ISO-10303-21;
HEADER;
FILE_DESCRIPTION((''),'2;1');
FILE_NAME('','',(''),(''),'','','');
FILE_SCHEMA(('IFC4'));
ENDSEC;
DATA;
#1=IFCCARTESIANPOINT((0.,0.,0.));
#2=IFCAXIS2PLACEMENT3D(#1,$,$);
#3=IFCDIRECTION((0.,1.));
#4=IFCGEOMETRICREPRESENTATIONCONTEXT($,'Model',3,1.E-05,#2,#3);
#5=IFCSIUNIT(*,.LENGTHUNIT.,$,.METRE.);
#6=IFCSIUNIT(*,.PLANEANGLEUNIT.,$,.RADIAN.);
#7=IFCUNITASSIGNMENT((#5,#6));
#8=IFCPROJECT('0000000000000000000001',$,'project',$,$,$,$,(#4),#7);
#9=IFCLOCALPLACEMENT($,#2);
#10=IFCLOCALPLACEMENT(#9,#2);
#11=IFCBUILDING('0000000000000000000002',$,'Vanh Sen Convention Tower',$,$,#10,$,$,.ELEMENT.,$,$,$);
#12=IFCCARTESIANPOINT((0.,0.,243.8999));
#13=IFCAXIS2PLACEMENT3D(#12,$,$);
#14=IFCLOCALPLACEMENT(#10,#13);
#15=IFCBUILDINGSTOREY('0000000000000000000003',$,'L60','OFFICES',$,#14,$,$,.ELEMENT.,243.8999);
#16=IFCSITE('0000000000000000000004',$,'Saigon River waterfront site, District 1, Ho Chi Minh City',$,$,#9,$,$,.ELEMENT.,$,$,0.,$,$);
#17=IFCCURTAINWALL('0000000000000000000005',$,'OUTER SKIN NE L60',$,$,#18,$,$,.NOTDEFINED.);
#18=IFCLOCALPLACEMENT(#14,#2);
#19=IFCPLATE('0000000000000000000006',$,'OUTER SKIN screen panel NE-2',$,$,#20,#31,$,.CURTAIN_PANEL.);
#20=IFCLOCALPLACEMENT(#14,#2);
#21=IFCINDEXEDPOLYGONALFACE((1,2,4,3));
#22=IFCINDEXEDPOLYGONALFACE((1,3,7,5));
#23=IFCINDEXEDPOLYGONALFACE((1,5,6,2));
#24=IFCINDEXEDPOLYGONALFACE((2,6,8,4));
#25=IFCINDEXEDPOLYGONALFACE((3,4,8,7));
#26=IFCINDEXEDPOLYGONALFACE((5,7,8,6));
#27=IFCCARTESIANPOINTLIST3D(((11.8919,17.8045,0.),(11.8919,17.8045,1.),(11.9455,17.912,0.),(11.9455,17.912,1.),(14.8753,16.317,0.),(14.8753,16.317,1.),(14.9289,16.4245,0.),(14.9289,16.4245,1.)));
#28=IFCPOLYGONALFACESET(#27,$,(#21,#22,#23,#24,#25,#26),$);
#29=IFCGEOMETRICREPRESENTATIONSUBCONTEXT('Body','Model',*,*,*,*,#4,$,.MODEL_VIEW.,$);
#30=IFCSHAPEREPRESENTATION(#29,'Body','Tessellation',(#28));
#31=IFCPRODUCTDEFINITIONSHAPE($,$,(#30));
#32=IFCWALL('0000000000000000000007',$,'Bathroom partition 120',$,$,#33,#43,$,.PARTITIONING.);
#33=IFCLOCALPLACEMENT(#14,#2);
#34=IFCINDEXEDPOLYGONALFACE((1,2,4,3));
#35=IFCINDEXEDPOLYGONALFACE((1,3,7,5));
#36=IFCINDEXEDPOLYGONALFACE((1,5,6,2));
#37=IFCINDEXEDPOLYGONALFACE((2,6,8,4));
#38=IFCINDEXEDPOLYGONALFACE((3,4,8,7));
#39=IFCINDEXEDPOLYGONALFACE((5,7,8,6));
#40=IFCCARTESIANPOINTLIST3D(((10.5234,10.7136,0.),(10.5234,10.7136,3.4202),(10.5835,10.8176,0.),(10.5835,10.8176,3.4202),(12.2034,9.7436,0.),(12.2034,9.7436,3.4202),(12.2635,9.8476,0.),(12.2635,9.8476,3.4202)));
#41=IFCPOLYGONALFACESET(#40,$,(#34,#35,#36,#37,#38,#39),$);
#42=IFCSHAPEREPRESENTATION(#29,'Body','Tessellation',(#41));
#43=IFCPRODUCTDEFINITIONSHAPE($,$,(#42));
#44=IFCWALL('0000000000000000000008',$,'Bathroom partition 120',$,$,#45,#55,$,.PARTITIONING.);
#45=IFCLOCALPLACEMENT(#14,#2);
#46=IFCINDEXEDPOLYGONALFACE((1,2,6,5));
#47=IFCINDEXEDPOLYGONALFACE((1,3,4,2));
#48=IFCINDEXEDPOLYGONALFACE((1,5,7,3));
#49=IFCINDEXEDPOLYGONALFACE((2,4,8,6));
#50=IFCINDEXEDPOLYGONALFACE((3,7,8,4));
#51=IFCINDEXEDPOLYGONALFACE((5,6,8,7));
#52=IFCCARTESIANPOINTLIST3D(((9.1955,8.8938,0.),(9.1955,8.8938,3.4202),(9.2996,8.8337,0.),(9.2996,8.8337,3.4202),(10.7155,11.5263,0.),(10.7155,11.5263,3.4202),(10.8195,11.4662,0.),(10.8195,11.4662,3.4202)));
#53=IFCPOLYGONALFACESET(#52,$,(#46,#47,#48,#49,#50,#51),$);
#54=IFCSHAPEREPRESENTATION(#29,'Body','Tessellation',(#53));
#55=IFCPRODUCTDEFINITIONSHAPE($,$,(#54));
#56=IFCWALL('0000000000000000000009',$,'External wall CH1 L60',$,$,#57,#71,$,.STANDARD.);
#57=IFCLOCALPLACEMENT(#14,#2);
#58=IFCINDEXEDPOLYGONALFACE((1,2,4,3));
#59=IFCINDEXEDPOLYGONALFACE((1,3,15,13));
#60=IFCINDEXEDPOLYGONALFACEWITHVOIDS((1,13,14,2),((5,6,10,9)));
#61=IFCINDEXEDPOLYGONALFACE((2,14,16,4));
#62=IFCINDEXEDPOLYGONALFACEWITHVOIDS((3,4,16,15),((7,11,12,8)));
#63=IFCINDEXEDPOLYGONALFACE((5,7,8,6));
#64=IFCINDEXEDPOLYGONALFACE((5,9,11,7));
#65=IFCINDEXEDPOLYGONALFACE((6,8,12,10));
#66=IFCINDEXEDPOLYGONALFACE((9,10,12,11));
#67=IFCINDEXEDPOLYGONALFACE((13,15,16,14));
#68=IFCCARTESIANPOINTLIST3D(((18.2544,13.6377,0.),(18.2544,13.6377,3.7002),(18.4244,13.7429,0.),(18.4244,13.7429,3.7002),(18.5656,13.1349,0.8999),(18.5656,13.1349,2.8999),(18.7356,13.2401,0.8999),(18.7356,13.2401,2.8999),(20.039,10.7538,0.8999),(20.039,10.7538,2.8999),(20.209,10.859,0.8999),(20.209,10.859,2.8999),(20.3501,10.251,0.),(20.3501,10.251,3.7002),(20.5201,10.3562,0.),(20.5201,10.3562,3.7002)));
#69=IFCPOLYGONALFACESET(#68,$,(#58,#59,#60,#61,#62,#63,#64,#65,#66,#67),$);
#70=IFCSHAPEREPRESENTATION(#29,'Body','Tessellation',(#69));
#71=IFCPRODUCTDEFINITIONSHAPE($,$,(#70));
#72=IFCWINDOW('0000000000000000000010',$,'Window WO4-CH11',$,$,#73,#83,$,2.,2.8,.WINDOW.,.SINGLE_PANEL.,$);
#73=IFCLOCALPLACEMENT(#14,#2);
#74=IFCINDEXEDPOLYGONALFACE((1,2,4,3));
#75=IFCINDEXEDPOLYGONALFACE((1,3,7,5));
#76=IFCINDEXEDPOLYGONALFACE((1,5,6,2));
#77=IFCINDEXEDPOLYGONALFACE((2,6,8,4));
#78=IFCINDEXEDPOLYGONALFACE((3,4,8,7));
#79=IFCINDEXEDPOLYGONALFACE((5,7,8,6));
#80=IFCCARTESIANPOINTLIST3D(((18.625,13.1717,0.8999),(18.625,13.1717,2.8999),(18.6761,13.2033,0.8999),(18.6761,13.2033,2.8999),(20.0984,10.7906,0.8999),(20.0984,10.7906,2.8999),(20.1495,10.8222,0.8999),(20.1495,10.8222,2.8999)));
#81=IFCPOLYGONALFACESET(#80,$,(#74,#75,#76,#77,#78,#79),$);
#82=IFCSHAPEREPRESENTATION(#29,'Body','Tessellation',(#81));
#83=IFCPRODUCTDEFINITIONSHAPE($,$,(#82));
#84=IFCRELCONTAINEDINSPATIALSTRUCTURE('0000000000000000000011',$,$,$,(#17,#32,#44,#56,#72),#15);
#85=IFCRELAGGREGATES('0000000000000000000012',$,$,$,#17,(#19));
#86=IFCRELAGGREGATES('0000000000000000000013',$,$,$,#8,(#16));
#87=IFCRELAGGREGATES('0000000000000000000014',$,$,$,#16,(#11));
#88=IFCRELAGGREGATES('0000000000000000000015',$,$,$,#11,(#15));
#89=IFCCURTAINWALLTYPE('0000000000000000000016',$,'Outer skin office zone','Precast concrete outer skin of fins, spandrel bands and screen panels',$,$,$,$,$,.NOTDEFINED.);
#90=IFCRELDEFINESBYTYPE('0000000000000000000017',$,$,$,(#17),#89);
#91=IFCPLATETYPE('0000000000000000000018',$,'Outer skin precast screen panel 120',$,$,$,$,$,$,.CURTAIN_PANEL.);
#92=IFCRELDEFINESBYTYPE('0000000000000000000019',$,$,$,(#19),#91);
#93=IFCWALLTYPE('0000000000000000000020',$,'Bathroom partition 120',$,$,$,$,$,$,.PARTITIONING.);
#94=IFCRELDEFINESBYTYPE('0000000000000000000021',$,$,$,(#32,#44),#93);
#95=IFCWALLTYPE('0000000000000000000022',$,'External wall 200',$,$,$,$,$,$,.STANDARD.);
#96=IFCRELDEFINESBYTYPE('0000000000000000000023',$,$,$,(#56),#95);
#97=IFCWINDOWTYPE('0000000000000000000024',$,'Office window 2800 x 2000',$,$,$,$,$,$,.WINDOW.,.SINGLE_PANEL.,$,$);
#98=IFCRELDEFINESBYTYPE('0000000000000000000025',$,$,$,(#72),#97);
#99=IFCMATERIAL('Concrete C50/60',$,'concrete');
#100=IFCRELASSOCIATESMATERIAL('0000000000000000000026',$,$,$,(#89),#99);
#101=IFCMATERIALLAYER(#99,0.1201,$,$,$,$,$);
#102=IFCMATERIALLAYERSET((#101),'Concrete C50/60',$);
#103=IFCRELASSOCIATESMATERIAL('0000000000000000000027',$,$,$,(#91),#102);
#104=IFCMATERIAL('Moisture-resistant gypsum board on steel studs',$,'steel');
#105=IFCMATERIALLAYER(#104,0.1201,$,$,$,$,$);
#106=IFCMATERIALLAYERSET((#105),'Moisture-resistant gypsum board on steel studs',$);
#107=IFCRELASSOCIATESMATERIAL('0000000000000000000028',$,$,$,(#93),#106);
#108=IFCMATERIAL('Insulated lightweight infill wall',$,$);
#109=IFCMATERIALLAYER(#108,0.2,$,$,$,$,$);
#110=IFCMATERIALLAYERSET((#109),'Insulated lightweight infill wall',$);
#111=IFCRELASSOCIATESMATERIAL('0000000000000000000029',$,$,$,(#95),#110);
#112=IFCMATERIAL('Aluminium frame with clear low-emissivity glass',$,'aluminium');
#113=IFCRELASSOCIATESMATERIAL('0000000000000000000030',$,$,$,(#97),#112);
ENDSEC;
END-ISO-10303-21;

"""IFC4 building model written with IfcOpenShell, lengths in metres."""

from ifc_helpers import new_model, si_unit, direction, frame, frame_2d, origin, origin_2d, place, context, subcontext, project, spatial, rectangle, extrude, material, layer, layer_set, type_object, element, fill, aggregate, save


model = new_model("IFC4")

# Units and contexts
model_context = context("Model", 3, precision=1e-05, world=origin(), true_north=direction((0.0, 1.0)))
body_context = subcontext(model_context, "Body", "Model", "MODEL_VIEW")
ifc_project = project(units=[si_unit("LENGTHUNIT", "METRE"), si_unit("PLANEANGLEUNIT", "RADIAN")], contexts=[model_context])

# Site, building, storey
site_placement = place(None, origin())
site = spatial("IfcSite", under=ifc_project, at=site_placement, Name="Saigon River waterfront site, District 1, Ho Chi Minh City", CompositionType="ELEMENT", RefElevation=0.0)
building_placement = place(site_placement, origin())
building = spatial("IfcBuilding", under=site, at=building_placement, Name="Vanh Sen Convention Tower", CompositionType="ELEMENT")
storey_placement = place(building_placement, frame((0.0, 0.0, 243.8999)))
storey = spatial("IfcBuildingStorey", under=building, at=storey_placement, Name="L60", Description="OFFICES", CompositionType="ELEMENT", Elevation=243.8999)

# Curtain wall
ifc_material_1 = material(Name="Concrete C50/60", Category="concrete")
curtain_wall_type = type_object("IfcCurtainWallType", Name="Outer skin office zone", Description="Precast concrete outer skin of fins, spandrel bands and screen panels", PredefinedType="NOTDEFINED", material=ifc_material_1)
curtain_wall_1_placement = place(storey_placement, origin())
curtain_wall_1 = element("IfcCurtainWall", 1, at=curtain_wall_1_placement, inside=storey, type_object=curtain_wall_type, Name="OUTER SKIN NE L60", PredefinedType="NOTDEFINED")

# Shared definitions
ifc_layer_1 = layer(ifc_material_1, 0.1201)
ifc_layer_set_1 = layer_set([ifc_layer_1], Name="Concrete C50/60")
plate_type = type_object("IfcPlateType", Name="Outer skin precast screen panel 120", PredefinedType="CURTAIN_PANEL", material=ifc_layer_set_1)

# Plate
plate_1_placement = place(storey_placement, frame((13.4104, 17.1145, 0.0), z_axis=(0.0, 0.0, 1.0), x_axis=(-0.894936, 0.446195, 0.0)))
plate_1 = element("IfcPlate", 2, at=plate_1_placement, type_object=plate_type, Name="OUTER SKIN screen panel NE-2", PredefinedType="CURTAIN_PANEL", context=body_context, shape_type="SweptSolid", body=[
    extrude(rectangle(XDim=3.3337, YDim=0.1201, at=origin_2d()), origin(), (0.0, 0.0, 1.0), 1.0),
])
aggregate(curtain_wall_1, [plate_1])

# Walls
ifc_material_2 = material(Name="Moisture-resistant gypsum board on steel studs", Category="steel")
ifc_layer_2 = layer(ifc_material_2, 0.1201)
ifc_layer_set_2 = layer_set([ifc_layer_2], Name="Moisture-resistant gypsum board on steel studs")
wall_type_1 = type_object("IfcWallType", Name="Bathroom partition 120", PredefinedType="PARTITIONING", material=ifc_layer_set_2)
wall_1_placement = place(storey_placement, frame((10.5535, 10.7656, 0.0), z_axis=(0.0, 0.0, 1.0), x_axis=(0.866012, -0.500024, 0.0)))
element("IfcWall", 3, at=wall_1_placement, inside=storey, type_object=wall_type_1, Name="Bathroom partition 120", PredefinedType="PARTITIONING", context=body_context, shape_type="SweptSolid", body=[
    extrude(rectangle(XDim=1.9399, YDim=0.1201, at=frame_2d((0.97, 0.0))), origin(), (0.0, 0.0, 1.0), 3.4202),
])
wall_2_placement = place(storey_placement, frame((10.7676, 11.4963, 0.0), z_axis=(0.0, 0.0, 1.0), x_axis=(-0.500026, -0.86601, 0.0)))
element("IfcWall", 4, at=wall_2_placement, inside=storey, type_object=wall_type_1, Name="Bathroom partition 120", PredefinedType="PARTITIONING", context=body_context, shape_type="SweptSolid", body=[
    extrude(rectangle(XDim=3.0398, YDim=0.1201, at=frame_2d((1.52, 0.0))), origin(), (0.0, 0.0, 1.0), 3.4202),
])

# Wall, opening, window
ifc_material_3 = material(Name="Insulated lightweight infill wall")
ifc_layer_3 = layer(ifc_material_3, 0.2)
ifc_layer_set_3 = layer_set([ifc_layer_3], Name="Insulated lightweight infill wall")
wall_type_2 = type_object("IfcWallType", Name="External wall 200", PredefinedType="STANDARD", material=ifc_layer_set_3)
wall_3_placement = place(storey_placement, frame((20.4351, 10.3037, 0.0), z_axis=(0.0, 0.0, 1.0), x_axis=(-0.526203, 0.850359, 0.0)))
wall_3 = element("IfcWall", 5, at=wall_3_placement, inside=storey, type_object=wall_type_2, Name="External wall CH1 L60", PredefinedType="STANDARD", context=body_context, shape_type="SweptSolid", body=[
    extrude(rectangle(XDim=3.9827, YDim=0.2, at=frame_2d((1.9912, 0.0))), origin(), (0.0, 0.0, 1.0), 3.7002),
])
opening_1_placement = place(wall_3_placement, frame((0.5913, 0.0, 0.8999)))
opening_1 = element("IfcOpeningElement", 6, at=opening_1_placement, cuts=wall_3, PredefinedType="OPENING", context=body_context, shape_type="SweptSolid", body=[
    extrude(rectangle(XDim=2.8, YDim=2.0, at=frame_2d((1.3999, 1.0))), frame((0.0, 0.1099, 0.0), z_axis=(0.0, -1.0, 0.0), x_axis=(1.0, 0.0, 0.0)), (0.0, 0.0, 1.0), 0.22),
])
ifc_material_4 = material(Name="Aluminium frame with clear low-emissivity glass", Category="aluminium")
window_type_1 = type_object("IfcWindowType", Name="Office window 2800 x 2000", PartitioningType="SINGLE_PANEL", PredefinedType="WINDOW", material=ifc_material_4)
window_1_placement = place(opening_1_placement, origin())
window_1 = element("IfcWindow", 7, at=window_1_placement, inside=storey, type_object=window_type_1, Name="Window WO4-CH11", OverallHeight=2.0, OverallWidth=2.8, PartitioningType="SINGLE_PANEL", PredefinedType="WINDOW", context=body_context, shape_type="SweptSolid", body=[
    extrude(rectangle(XDim=2.8, YDim=2.0, at=frame_2d((1.3999, 1.0))), frame((0.0, 0.03, 0.0), z_axis=(0.0, -1.0, 0.0), x_axis=(1.0, 0.0, 0.0)), (0.0, 0.0, 1.0), 0.0601),
])
fill(opening_1, window_1)

save(model, "model.ifc")
